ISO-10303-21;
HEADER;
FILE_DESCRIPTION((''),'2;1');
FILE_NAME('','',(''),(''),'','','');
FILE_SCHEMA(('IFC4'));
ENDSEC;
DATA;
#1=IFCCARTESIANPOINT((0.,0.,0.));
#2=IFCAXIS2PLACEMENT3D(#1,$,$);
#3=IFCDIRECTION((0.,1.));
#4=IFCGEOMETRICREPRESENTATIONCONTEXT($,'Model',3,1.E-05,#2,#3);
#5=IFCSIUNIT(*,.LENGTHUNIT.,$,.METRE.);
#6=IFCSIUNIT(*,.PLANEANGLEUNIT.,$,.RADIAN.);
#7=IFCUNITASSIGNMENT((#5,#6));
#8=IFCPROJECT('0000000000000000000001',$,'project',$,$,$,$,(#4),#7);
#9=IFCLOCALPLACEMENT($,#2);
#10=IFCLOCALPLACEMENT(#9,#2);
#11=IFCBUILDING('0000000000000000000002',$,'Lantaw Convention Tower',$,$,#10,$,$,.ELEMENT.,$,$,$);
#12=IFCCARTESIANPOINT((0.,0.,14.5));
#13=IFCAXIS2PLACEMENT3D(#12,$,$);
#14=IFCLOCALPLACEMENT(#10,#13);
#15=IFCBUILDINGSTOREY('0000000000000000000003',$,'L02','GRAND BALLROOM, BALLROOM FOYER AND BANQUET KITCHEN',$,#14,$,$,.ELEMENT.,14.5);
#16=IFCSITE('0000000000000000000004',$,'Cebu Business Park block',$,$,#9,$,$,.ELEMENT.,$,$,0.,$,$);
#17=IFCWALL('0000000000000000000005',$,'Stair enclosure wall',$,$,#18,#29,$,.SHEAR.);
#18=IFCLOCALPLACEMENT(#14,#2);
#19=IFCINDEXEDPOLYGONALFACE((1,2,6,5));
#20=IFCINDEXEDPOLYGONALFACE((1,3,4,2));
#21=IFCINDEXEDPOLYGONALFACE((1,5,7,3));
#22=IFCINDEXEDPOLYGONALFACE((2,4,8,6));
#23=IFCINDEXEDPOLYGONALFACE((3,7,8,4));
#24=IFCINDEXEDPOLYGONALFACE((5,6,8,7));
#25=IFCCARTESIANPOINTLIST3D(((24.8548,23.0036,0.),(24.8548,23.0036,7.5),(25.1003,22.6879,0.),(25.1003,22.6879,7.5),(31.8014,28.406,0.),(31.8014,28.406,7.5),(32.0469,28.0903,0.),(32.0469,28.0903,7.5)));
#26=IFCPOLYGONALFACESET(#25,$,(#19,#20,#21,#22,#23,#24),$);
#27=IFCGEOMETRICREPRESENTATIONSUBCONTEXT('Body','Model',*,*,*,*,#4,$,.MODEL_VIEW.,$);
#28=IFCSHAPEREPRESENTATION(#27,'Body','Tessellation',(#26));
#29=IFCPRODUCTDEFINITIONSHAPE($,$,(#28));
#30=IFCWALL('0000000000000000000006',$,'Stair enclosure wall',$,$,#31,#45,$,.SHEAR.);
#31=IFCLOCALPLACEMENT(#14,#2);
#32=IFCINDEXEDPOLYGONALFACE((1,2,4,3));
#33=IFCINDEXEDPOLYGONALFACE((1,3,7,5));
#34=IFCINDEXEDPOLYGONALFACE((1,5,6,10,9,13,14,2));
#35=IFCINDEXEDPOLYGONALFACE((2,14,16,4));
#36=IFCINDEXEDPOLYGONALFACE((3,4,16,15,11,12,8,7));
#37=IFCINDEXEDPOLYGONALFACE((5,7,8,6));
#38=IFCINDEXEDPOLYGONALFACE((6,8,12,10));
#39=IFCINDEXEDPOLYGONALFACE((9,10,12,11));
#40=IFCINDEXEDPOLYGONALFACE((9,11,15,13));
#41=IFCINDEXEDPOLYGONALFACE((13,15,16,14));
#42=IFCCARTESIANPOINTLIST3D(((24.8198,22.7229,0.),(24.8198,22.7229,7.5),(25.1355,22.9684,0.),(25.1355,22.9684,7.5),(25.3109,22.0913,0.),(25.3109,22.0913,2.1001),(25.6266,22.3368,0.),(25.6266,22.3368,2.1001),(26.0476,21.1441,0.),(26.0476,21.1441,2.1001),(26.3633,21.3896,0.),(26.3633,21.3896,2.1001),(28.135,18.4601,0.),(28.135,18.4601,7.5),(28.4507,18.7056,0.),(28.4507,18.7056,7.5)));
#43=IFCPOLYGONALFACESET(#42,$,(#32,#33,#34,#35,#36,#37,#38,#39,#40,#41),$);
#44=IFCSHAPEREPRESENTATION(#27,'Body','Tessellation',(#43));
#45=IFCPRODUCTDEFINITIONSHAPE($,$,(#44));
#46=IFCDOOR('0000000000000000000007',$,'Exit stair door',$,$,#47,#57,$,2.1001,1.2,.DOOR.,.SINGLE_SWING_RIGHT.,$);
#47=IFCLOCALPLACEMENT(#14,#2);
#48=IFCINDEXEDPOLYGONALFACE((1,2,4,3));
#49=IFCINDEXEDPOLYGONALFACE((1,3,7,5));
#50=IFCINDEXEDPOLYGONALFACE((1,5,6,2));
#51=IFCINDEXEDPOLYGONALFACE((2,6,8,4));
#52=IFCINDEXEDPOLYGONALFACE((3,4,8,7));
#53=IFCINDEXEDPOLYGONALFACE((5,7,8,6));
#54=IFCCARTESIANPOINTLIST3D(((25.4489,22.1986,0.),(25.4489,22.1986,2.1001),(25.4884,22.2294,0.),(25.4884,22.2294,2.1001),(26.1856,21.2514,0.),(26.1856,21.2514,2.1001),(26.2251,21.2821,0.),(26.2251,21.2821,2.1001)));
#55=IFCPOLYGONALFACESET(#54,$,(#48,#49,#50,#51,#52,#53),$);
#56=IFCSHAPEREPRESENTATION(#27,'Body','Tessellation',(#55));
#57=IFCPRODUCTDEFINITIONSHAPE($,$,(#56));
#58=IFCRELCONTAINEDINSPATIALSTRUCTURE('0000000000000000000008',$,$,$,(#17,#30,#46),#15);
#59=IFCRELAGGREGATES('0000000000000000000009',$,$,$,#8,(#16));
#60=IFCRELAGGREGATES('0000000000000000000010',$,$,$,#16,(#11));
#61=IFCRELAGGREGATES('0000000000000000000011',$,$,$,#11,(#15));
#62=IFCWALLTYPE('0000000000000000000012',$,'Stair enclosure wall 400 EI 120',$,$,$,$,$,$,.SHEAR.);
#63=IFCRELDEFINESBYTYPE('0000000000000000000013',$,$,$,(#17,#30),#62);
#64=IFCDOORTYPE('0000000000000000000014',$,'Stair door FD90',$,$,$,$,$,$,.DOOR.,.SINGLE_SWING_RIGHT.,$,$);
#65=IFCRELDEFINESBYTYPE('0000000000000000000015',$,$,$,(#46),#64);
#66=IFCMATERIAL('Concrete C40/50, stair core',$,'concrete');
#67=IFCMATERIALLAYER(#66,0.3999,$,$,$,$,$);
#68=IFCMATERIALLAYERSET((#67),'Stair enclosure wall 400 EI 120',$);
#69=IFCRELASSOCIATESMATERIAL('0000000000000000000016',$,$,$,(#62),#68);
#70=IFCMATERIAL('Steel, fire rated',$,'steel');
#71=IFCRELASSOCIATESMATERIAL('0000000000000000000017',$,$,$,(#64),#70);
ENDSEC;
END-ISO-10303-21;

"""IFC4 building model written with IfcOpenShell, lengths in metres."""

from ifc_helpers import new_model, si_unit, direction, frame, frame_2d, origin, place, context, subcontext, project, spatial, rectangle, extrude, material, layer, layer_set, type_object, element, fill, save


model = new_model("IFC4")

# Units and contexts
model_context = context("Model", 3, precision=1e-05, world=origin(), true_north=direction((0.0, 1.0)))
body_context = subcontext(model_context, "Body", "Model", "MODEL_VIEW")
ifc_project = project(units=[si_unit("LENGTHUNIT", "METRE"), si_unit("PLANEANGLEUNIT", "RADIAN")], contexts=[model_context])

# Site, building, storey
site_placement = place(None, origin())
site = spatial("IfcSite", under=ifc_project, at=site_placement, Name="Cebu Business Park block", CompositionType="ELEMENT", RefElevation=0.0)
building_placement = place(site_placement, origin())
building = spatial("IfcBuilding", under=site, at=building_placement, Name="Lantaw Convention Tower", CompositionType="ELEMENT")
storey_placement = place(building_placement, frame((0.0, 0.0, 14.5)))
storey = spatial("IfcBuildingStorey", under=building, at=storey_placement, Name="L02", Description="GRAND BALLROOM, BALLROOM FOYER AND BANQUET KITCHEN", CompositionType="ELEMENT", Elevation=14.5)

# Shared definitions
ifc_material_1 = material(Name="Concrete C40/50, stair core", Category="concrete")
ifc_layer_1 = layer(ifc_material_1, 0.3999)
ifc_layer_set_1 = layer_set([ifc_layer_1], Name="Stair enclosure wall 400 EI 120")
wall_type_1 = type_object("IfcWallType", Name="Stair enclosure wall 400 EI 120", PredefinedType="SHEAR", material=ifc_layer_set_1)

# Shared definitions
ifc_material_2 = material(Name="Steel, fire rated", Category="steel")
door_type = type_object("IfcDoorType", Name="Stair door FD90", OperationType="SINGLE_SWING_RIGHT", PredefinedType="DOOR", material=ifc_material_2)

# Wall
wall_1_placement = place(storey_placement, frame((31.9241, 28.248, 0.0), z_axis=(0.0, 0.0, 1.0), x_axis=(-0.789381, -0.613904, 0.0)))
element("IfcWall", 1, at=wall_1_placement, inside=storey, type_object=wall_type_1, Name="Stair enclosure wall", PredefinedType="SHEAR", context=body_context, shape_type="SweptSolid", body=[
    extrude(rectangle(XDim=8.8, YDim=0.3999, at=frame_2d((4.3999, 0.0))), origin(), (0.0, 0.0, 1.0), 7.5),
])

# Wall, opening, door
wall_2_placement = place(storey_placement, frame((24.9775, 22.8457, 0.0), z_axis=(0.0, 0.0, 1.0), x_axis=(0.613912, -0.789374, 0.0)))
wall_2 = element("IfcWall", 2, at=wall_2_placement, inside=storey, type_object=wall_type_1, Name="Stair enclosure wall", PredefinedType="SHEAR", context=body_context, shape_type="SweptSolid", body=[
    extrude(rectangle(XDim=5.4001, YDim=0.3999, at=frame_2d((2.7002, 0.0))), origin(), (0.0, 0.0, 1.0), 7.5),
])
opening_1_placement = place(wall_2_placement, frame((0.8, 0.0, 0.0)))
opening_1 = element("IfcOpeningElement", 3, at=opening_1_placement, cuts=wall_2, PredefinedType="OPENING", context=body_context, shape_type="SweptSolid", body=[
    extrude(rectangle(XDim=1.2, YDim=2.1001, at=frame_2d((0.6001, 1.05))), frame((0.0, 0.21, 0.0), z_axis=(0.0, -1.0, 0.0), x_axis=(1.0, 0.0, 0.0)), (0.0, 0.0, 1.0), 0.4199),
])
door_1_placement = place(opening_1_placement, origin())
door_1 = element("IfcDoor", 4, at=door_1_placement, inside=storey, type_object=door_type, Name="Exit stair door", OperationType="SINGLE_SWING_RIGHT", OverallHeight=2.1001, OverallWidth=1.2, PredefinedType="DOOR", context=body_context, shape_type="SweptSolid", body=[
    extrude(rectangle(XDim=1.2, YDim=2.1001, at=frame_2d((0.6001, 1.05))), frame((0.0, 0.0249, 0.0), z_axis=(0.0, -1.0, 0.0), x_axis=(1.0, 0.0, 0.0)), (0.0, 0.0, 1.0), 0.05),
])
fill(opening_1, door_1)

save(model, "model.ifc")
